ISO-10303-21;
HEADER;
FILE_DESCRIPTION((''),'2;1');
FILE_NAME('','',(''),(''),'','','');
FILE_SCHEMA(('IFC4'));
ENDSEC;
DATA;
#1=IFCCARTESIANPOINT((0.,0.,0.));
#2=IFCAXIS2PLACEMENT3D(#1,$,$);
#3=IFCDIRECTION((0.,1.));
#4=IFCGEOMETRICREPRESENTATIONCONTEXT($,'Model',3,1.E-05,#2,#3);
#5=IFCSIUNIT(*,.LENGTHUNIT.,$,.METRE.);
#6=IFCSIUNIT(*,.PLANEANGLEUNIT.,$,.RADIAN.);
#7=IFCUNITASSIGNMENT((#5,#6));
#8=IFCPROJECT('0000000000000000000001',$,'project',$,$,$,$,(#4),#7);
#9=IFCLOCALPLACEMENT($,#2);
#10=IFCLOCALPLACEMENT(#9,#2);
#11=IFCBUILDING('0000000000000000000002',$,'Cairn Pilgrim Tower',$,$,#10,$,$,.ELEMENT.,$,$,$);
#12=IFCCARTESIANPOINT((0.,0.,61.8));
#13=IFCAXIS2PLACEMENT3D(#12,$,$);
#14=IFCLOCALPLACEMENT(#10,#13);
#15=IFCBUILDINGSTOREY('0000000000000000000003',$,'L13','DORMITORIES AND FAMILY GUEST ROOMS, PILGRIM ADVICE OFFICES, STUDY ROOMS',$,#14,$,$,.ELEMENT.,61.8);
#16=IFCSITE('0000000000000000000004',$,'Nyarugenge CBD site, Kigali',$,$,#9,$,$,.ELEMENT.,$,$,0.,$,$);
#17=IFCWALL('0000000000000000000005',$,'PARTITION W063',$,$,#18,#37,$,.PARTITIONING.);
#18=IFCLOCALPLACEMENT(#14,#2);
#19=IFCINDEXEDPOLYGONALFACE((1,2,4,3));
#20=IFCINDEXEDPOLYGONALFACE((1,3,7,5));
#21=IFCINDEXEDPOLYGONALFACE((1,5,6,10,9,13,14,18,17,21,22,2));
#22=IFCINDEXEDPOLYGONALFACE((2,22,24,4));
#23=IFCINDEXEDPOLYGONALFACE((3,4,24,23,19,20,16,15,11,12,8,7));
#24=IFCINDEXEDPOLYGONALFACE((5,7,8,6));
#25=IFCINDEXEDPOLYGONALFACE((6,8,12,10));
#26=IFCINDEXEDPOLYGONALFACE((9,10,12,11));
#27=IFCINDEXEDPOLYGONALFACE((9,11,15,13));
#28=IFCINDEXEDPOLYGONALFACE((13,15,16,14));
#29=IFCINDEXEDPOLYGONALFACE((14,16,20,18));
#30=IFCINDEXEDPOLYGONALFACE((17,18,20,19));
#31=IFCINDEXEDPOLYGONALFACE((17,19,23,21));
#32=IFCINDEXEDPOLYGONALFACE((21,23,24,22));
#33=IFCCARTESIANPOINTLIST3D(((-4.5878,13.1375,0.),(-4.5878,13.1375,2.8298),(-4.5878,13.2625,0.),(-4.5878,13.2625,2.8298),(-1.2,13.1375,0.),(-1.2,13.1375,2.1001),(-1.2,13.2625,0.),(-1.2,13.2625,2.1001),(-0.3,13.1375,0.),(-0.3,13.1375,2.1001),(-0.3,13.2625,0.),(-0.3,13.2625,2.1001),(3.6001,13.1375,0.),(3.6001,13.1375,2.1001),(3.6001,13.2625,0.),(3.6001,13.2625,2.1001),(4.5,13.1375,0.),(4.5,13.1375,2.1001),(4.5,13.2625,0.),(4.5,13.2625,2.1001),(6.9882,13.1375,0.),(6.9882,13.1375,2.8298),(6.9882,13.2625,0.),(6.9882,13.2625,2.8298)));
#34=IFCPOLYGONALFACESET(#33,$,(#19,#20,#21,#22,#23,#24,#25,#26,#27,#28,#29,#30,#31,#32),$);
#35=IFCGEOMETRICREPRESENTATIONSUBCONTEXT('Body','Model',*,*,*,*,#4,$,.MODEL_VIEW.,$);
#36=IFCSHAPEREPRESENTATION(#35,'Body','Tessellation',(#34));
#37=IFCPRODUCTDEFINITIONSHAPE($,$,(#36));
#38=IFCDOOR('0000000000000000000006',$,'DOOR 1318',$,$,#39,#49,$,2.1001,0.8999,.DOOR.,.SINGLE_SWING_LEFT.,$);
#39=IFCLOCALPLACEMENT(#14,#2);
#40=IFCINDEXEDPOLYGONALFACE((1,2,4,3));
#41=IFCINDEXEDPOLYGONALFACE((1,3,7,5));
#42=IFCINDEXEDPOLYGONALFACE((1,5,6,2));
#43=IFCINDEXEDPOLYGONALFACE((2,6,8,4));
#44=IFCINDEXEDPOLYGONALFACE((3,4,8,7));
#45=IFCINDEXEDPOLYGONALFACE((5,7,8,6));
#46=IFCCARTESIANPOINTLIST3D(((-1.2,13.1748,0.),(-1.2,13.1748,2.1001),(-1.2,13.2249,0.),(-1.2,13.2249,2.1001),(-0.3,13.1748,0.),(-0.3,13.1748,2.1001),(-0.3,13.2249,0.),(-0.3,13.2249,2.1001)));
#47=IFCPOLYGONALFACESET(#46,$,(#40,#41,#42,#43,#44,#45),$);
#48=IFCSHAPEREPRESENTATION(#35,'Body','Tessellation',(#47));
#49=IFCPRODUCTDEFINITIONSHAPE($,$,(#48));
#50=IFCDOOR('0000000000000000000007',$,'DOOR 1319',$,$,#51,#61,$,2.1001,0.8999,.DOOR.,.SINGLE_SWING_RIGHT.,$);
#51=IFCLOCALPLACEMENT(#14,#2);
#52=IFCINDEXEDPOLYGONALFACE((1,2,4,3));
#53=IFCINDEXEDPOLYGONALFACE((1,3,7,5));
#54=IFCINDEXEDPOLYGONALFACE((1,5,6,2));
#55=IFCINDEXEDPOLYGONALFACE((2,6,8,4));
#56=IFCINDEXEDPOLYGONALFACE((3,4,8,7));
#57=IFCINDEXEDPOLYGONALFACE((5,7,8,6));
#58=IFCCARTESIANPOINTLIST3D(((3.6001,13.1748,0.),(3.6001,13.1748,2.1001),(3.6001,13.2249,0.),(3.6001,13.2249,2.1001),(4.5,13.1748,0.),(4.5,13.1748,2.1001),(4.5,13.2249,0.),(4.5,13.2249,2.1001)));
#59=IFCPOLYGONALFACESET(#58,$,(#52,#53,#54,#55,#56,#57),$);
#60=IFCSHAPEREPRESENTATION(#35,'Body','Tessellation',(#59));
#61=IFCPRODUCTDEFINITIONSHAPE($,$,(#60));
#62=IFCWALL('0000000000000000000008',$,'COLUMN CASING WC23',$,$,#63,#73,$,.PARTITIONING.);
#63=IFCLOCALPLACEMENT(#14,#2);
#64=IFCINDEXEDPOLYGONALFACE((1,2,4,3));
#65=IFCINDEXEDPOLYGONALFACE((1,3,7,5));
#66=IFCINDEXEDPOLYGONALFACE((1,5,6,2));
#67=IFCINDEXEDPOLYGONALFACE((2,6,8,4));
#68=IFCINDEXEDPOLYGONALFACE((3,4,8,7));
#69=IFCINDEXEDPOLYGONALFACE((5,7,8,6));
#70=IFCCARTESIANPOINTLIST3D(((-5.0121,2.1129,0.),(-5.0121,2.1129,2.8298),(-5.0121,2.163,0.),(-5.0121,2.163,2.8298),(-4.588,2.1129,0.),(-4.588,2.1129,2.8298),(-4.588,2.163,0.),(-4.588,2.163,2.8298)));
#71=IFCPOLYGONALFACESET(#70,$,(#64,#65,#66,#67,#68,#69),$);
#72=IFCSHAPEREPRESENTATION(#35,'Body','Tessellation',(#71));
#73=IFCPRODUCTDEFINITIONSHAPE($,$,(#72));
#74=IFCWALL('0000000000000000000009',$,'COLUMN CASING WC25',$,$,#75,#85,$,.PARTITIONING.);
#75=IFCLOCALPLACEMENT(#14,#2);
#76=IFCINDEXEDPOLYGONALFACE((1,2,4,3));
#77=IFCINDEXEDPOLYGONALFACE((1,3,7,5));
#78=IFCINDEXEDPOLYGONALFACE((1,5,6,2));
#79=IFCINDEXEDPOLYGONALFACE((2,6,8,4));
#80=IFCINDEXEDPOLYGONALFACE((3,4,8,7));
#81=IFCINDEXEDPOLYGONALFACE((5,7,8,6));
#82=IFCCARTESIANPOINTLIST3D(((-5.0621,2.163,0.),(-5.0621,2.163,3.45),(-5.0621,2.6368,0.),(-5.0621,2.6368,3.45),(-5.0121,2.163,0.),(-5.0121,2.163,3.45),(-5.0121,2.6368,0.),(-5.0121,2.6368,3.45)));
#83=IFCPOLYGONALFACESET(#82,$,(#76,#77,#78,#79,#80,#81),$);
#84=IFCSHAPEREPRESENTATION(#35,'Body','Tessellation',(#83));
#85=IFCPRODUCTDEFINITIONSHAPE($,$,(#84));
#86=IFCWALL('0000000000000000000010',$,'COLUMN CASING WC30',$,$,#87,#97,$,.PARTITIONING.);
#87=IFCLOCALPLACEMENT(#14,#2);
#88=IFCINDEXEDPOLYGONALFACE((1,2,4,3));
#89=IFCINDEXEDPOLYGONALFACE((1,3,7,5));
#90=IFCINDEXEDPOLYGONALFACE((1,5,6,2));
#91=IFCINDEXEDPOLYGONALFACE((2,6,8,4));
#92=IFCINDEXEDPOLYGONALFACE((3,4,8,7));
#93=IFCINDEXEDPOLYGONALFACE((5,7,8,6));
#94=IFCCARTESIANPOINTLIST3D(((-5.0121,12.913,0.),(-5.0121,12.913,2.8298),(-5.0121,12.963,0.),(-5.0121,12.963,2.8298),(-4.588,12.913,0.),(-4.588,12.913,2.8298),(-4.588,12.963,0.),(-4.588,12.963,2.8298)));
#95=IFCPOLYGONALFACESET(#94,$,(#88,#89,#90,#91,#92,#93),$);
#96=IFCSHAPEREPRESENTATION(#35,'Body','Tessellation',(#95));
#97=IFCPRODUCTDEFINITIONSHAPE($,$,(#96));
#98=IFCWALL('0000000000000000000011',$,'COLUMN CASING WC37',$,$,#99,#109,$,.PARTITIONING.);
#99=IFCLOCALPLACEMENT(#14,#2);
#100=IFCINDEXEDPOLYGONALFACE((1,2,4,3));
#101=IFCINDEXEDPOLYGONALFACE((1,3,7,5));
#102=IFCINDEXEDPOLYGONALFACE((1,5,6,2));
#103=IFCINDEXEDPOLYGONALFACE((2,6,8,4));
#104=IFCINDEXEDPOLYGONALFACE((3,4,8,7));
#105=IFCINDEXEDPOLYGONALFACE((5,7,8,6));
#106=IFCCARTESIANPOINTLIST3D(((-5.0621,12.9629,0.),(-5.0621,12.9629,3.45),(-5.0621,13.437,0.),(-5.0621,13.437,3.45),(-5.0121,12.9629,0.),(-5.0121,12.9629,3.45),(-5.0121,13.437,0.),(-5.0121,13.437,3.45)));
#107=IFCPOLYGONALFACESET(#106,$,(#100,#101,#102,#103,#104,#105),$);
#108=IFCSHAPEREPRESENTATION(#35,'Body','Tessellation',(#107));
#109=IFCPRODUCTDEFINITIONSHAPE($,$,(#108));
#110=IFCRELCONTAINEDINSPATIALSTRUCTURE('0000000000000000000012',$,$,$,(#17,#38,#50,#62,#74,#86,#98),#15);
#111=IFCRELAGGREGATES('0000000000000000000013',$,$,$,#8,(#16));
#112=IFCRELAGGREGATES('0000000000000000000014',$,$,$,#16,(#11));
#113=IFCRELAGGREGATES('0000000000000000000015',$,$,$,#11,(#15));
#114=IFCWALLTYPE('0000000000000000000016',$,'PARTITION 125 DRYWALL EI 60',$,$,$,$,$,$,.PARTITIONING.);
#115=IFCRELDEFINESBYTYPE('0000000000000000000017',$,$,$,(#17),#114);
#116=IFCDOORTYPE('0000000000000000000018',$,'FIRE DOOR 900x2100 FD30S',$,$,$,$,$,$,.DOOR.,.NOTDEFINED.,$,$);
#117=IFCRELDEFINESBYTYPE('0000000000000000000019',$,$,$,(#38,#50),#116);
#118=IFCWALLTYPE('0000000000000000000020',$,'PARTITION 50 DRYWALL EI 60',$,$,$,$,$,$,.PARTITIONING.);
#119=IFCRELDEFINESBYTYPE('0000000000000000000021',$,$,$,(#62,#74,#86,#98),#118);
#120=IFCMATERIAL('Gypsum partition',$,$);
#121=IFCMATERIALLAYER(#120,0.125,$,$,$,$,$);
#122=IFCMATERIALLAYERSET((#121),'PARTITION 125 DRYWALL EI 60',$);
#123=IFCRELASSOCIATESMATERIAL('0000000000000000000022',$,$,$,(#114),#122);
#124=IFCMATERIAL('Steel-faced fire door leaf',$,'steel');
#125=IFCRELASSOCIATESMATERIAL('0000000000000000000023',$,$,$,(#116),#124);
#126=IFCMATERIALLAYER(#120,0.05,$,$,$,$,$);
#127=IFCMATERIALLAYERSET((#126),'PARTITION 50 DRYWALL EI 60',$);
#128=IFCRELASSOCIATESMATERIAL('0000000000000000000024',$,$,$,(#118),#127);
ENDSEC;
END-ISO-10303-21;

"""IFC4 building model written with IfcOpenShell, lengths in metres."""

from ifc_helpers import new_model, si_unit, direction, frame, frame_2d, origin, place, context, subcontext, project, spatial, rectangle, extrude, material, layer, layer_set, type_object, element, fill, save


model = new_model("IFC4")

# Units and contexts
model_context = context("Model", 3, precision=1e-05, world=origin(), true_north=direction((0.0, 1.0)))
body_context = subcontext(model_context, "Body", "Model", "MODEL_VIEW")
ifc_project = project(units=[si_unit("LENGTHUNIT", "METRE"), si_unit("PLANEANGLEUNIT", "RADIAN")], contexts=[model_context])

# Site, building, storey
site_placement = place(None, origin())
site = spatial("IfcSite", under=ifc_project, at=site_placement, Name="Nyarugenge CBD site, Kigali", CompositionType="ELEMENT", RefElevation=0.0)
building_placement = place(site_placement, origin())
building = spatial("IfcBuilding", under=site, at=building_placement, Name="Cairn Pilgrim Tower", CompositionType="ELEMENT")
storey_placement = place(building_placement, frame((0.0, 0.0, 61.8)))
storey = spatial("IfcBuildingStorey", under=building, at=storey_placement, Name="L13", Description="DORMITORIES AND FAMILY GUEST ROOMS, PILGRIM ADVICE OFFICES, STUDY ROOMS", CompositionType="ELEMENT", Elevation=61.8)

# Shared definitions
ifc_material_1 = material(Name="Gypsum partition")

# Shared definitions
ifc_layer_1 = layer(ifc_material_1, 0.125)
ifc_layer_set_1 = layer_set([ifc_layer_1], Name="PARTITION 125 DRYWALL EI 60")
wall_type_1 = type_object("IfcWallType", Name="PARTITION 125 DRYWALL EI 60", PredefinedType="PARTITIONING", material=ifc_layer_set_1)

# Wall, openings, doors
wall_1_placement = place(storey_placement, frame((-4.5879, 13.2, 0.0), z_axis=(0.0, 0.0, 1.0), x_axis=(1.0, 0.0, 0.0)))
wall_1 = element("IfcWall", 1, at=wall_1_placement, inside=storey, type_object=wall_type_1, Name="PARTITION W063", PredefinedType="PARTITIONING", context=body_context, shape_type="SweptSolid", body=[
    extrude(rectangle(XDim=11.5759, YDim=0.125, at=frame_2d((5.7881, 0.0))), origin(), (0.0, 0.0, 1.0), 2.8298),
])
opening_1_placement = place(wall_1_placement, frame((3.3879, 0.0, 0.0)))
opening_1 = element("IfcOpeningElement", 2, at=opening_1_placement, cuts=wall_1, PredefinedType="OPENING", context=body_context, shape_type="SweptSolid", body=[
    extrude(rectangle(XDim=0.8999, YDim=2.1001, at=frame_2d((0.45, 1.05))), frame((0.0, 0.0725, 0.0), z_axis=(0.0, -1.0, 0.0), x_axis=(1.0, 0.0, 0.0)), (0.0, 0.0, 1.0), 0.145),
])
opening_2_placement = place(wall_1_placement, frame((8.188, 0.0, 0.0)))
opening_2 = element("IfcOpeningElement", 3, at=opening_2_placement, cuts=wall_1, PredefinedType="OPENING", context=body_context, shape_type="SweptSolid", body=[
    extrude(rectangle(XDim=0.8999, YDim=2.1001, at=frame_2d((0.45, 1.05))), frame((0.0, 0.0725, 0.0), z_axis=(0.0, -1.0, 0.0), x_axis=(1.0, 0.0, 0.0)), (0.0, 0.0, 1.0), 0.145),
])
ifc_material_2 = material(Name="Steel-faced fire door leaf", Category="steel")
door_type_1 = type_object("IfcDoorType", Name="FIRE DOOR 900x2100 FD30S", OperationType="NOTDEFINED", PredefinedType="DOOR", material=ifc_material_2)
door_1_placement = place(opening_1_placement, origin())
door_1 = element("IfcDoor", 4, at=door_1_placement, inside=storey, type_object=door_type_1, Name="DOOR 1318", OperationType="SINGLE_SWING_LEFT", OverallHeight=2.1001, OverallWidth=0.8999, PredefinedType="DOOR", context=body_context, shape_type="SweptSolid", body=[
    extrude(rectangle(XDim=0.8999, YDim=2.1001, at=frame_2d((0.45, 1.05))), frame((0.0, 0.0249, 0.0), z_axis=(0.0, -1.0, 0.0), x_axis=(1.0, 0.0, 0.0)), (0.0, 0.0, 1.0), 0.05),
])
fill(opening_1, door_1)
door_2_placement = place(opening_2_placement, origin())
door_2 = element("IfcDoor", 5, at=door_2_placement, inside=storey, type_object=door_type_1, Name="DOOR 1319", OperationType="SINGLE_SWING_RIGHT", OverallHeight=2.1001, OverallWidth=0.8999, PredefinedType="DOOR", context=body_context, shape_type="SweptSolid", body=[
    extrude(rectangle(XDim=0.8999, YDim=2.1001, at=frame_2d((0.45, 1.05))), frame((0.0, 0.0249, 0.0), z_axis=(0.0, -1.0, 0.0), x_axis=(1.0, 0.0, 0.0)), (0.0, 0.0, 1.0), 0.05),
])
fill(opening_2, door_2)

# Walls
ifc_layer_2 = layer(ifc_material_1, 0.05)
ifc_layer_set_2 = layer_set([ifc_layer_2], Name="PARTITION 50 DRYWALL EI 60")
wall_type_2 = type_object("IfcWallType", Name="PARTITION 50 DRYWALL EI 60", PredefinedType="PARTITIONING", material=ifc_layer_set_2)
wall_2_placement = place(storey_placement, frame((-5.012, 2.1379, 0.0), z_axis=(0.0, 0.0, 1.0), x_axis=(1.0, 0.0, 0.0)))
element("IfcWall", 6, at=wall_2_placement, inside=storey, type_object=wall_type_2, Name="COLUMN CASING WC23", PredefinedType="PARTITIONING", context=body_context, shape_type="SweptSolid", body=[
    extrude(rectangle(XDim=0.4241, YDim=0.05, at=frame_2d((0.2119, 0.0))), origin(), (0.0, 0.0, 1.0), 2.8298),
])
wall_3_placement = place(storey_placement, frame((-5.0371, 2.1631, 0.0), z_axis=(0.0, 0.0, 1.0), x_axis=(0.0, 1.0, 0.0)))
element("IfcWall", 7, at=wall_3_placement, inside=storey, type_object=wall_type_2, Name="COLUMN CASING WC25", PredefinedType="PARTITIONING", context=body_context, shape_type="SweptSolid", body=[
    extrude(rectangle(XDim=0.4739, YDim=0.05, at=frame_2d((0.2368, 0.0))), origin(), (0.0, 0.0, 1.0), 3.45),
])
wall_4_placement = place(storey_placement, frame((-5.012, 12.938, 0.0), z_axis=(0.0, 0.0, 1.0), x_axis=(1.0, 0.0, 0.0)))
element("IfcWall", 8, at=wall_4_placement, inside=storey, type_object=wall_type_2, Name="COLUMN CASING WC30", PredefinedType="PARTITIONING", context=body_context, shape_type="SweptSolid", body=[
    extrude(rectangle(XDim=0.4241, YDim=0.05, at=frame_2d((0.2119, 0.0))), origin(), (0.0, 0.0, 1.0), 2.8298),
])
wall_5_placement = place(storey_placement, frame((-5.0371, 12.9629, 0.0), z_axis=(0.0, 0.0, 1.0), x_axis=(0.0, 1.0, 0.0)))
element("IfcWall", 9, at=wall_5_placement, inside=storey, type_object=wall_type_2, Name="COLUMN CASING WC37", PredefinedType="PARTITIONING", context=body_context, shape_type="SweptSolid", body=[
    extrude(rectangle(XDim=0.4741, YDim=0.05, at=frame_2d((0.2371, 0.0))), origin(), (0.0, 0.0, 1.0), 3.45),
])

save(model, "model.ifc")
